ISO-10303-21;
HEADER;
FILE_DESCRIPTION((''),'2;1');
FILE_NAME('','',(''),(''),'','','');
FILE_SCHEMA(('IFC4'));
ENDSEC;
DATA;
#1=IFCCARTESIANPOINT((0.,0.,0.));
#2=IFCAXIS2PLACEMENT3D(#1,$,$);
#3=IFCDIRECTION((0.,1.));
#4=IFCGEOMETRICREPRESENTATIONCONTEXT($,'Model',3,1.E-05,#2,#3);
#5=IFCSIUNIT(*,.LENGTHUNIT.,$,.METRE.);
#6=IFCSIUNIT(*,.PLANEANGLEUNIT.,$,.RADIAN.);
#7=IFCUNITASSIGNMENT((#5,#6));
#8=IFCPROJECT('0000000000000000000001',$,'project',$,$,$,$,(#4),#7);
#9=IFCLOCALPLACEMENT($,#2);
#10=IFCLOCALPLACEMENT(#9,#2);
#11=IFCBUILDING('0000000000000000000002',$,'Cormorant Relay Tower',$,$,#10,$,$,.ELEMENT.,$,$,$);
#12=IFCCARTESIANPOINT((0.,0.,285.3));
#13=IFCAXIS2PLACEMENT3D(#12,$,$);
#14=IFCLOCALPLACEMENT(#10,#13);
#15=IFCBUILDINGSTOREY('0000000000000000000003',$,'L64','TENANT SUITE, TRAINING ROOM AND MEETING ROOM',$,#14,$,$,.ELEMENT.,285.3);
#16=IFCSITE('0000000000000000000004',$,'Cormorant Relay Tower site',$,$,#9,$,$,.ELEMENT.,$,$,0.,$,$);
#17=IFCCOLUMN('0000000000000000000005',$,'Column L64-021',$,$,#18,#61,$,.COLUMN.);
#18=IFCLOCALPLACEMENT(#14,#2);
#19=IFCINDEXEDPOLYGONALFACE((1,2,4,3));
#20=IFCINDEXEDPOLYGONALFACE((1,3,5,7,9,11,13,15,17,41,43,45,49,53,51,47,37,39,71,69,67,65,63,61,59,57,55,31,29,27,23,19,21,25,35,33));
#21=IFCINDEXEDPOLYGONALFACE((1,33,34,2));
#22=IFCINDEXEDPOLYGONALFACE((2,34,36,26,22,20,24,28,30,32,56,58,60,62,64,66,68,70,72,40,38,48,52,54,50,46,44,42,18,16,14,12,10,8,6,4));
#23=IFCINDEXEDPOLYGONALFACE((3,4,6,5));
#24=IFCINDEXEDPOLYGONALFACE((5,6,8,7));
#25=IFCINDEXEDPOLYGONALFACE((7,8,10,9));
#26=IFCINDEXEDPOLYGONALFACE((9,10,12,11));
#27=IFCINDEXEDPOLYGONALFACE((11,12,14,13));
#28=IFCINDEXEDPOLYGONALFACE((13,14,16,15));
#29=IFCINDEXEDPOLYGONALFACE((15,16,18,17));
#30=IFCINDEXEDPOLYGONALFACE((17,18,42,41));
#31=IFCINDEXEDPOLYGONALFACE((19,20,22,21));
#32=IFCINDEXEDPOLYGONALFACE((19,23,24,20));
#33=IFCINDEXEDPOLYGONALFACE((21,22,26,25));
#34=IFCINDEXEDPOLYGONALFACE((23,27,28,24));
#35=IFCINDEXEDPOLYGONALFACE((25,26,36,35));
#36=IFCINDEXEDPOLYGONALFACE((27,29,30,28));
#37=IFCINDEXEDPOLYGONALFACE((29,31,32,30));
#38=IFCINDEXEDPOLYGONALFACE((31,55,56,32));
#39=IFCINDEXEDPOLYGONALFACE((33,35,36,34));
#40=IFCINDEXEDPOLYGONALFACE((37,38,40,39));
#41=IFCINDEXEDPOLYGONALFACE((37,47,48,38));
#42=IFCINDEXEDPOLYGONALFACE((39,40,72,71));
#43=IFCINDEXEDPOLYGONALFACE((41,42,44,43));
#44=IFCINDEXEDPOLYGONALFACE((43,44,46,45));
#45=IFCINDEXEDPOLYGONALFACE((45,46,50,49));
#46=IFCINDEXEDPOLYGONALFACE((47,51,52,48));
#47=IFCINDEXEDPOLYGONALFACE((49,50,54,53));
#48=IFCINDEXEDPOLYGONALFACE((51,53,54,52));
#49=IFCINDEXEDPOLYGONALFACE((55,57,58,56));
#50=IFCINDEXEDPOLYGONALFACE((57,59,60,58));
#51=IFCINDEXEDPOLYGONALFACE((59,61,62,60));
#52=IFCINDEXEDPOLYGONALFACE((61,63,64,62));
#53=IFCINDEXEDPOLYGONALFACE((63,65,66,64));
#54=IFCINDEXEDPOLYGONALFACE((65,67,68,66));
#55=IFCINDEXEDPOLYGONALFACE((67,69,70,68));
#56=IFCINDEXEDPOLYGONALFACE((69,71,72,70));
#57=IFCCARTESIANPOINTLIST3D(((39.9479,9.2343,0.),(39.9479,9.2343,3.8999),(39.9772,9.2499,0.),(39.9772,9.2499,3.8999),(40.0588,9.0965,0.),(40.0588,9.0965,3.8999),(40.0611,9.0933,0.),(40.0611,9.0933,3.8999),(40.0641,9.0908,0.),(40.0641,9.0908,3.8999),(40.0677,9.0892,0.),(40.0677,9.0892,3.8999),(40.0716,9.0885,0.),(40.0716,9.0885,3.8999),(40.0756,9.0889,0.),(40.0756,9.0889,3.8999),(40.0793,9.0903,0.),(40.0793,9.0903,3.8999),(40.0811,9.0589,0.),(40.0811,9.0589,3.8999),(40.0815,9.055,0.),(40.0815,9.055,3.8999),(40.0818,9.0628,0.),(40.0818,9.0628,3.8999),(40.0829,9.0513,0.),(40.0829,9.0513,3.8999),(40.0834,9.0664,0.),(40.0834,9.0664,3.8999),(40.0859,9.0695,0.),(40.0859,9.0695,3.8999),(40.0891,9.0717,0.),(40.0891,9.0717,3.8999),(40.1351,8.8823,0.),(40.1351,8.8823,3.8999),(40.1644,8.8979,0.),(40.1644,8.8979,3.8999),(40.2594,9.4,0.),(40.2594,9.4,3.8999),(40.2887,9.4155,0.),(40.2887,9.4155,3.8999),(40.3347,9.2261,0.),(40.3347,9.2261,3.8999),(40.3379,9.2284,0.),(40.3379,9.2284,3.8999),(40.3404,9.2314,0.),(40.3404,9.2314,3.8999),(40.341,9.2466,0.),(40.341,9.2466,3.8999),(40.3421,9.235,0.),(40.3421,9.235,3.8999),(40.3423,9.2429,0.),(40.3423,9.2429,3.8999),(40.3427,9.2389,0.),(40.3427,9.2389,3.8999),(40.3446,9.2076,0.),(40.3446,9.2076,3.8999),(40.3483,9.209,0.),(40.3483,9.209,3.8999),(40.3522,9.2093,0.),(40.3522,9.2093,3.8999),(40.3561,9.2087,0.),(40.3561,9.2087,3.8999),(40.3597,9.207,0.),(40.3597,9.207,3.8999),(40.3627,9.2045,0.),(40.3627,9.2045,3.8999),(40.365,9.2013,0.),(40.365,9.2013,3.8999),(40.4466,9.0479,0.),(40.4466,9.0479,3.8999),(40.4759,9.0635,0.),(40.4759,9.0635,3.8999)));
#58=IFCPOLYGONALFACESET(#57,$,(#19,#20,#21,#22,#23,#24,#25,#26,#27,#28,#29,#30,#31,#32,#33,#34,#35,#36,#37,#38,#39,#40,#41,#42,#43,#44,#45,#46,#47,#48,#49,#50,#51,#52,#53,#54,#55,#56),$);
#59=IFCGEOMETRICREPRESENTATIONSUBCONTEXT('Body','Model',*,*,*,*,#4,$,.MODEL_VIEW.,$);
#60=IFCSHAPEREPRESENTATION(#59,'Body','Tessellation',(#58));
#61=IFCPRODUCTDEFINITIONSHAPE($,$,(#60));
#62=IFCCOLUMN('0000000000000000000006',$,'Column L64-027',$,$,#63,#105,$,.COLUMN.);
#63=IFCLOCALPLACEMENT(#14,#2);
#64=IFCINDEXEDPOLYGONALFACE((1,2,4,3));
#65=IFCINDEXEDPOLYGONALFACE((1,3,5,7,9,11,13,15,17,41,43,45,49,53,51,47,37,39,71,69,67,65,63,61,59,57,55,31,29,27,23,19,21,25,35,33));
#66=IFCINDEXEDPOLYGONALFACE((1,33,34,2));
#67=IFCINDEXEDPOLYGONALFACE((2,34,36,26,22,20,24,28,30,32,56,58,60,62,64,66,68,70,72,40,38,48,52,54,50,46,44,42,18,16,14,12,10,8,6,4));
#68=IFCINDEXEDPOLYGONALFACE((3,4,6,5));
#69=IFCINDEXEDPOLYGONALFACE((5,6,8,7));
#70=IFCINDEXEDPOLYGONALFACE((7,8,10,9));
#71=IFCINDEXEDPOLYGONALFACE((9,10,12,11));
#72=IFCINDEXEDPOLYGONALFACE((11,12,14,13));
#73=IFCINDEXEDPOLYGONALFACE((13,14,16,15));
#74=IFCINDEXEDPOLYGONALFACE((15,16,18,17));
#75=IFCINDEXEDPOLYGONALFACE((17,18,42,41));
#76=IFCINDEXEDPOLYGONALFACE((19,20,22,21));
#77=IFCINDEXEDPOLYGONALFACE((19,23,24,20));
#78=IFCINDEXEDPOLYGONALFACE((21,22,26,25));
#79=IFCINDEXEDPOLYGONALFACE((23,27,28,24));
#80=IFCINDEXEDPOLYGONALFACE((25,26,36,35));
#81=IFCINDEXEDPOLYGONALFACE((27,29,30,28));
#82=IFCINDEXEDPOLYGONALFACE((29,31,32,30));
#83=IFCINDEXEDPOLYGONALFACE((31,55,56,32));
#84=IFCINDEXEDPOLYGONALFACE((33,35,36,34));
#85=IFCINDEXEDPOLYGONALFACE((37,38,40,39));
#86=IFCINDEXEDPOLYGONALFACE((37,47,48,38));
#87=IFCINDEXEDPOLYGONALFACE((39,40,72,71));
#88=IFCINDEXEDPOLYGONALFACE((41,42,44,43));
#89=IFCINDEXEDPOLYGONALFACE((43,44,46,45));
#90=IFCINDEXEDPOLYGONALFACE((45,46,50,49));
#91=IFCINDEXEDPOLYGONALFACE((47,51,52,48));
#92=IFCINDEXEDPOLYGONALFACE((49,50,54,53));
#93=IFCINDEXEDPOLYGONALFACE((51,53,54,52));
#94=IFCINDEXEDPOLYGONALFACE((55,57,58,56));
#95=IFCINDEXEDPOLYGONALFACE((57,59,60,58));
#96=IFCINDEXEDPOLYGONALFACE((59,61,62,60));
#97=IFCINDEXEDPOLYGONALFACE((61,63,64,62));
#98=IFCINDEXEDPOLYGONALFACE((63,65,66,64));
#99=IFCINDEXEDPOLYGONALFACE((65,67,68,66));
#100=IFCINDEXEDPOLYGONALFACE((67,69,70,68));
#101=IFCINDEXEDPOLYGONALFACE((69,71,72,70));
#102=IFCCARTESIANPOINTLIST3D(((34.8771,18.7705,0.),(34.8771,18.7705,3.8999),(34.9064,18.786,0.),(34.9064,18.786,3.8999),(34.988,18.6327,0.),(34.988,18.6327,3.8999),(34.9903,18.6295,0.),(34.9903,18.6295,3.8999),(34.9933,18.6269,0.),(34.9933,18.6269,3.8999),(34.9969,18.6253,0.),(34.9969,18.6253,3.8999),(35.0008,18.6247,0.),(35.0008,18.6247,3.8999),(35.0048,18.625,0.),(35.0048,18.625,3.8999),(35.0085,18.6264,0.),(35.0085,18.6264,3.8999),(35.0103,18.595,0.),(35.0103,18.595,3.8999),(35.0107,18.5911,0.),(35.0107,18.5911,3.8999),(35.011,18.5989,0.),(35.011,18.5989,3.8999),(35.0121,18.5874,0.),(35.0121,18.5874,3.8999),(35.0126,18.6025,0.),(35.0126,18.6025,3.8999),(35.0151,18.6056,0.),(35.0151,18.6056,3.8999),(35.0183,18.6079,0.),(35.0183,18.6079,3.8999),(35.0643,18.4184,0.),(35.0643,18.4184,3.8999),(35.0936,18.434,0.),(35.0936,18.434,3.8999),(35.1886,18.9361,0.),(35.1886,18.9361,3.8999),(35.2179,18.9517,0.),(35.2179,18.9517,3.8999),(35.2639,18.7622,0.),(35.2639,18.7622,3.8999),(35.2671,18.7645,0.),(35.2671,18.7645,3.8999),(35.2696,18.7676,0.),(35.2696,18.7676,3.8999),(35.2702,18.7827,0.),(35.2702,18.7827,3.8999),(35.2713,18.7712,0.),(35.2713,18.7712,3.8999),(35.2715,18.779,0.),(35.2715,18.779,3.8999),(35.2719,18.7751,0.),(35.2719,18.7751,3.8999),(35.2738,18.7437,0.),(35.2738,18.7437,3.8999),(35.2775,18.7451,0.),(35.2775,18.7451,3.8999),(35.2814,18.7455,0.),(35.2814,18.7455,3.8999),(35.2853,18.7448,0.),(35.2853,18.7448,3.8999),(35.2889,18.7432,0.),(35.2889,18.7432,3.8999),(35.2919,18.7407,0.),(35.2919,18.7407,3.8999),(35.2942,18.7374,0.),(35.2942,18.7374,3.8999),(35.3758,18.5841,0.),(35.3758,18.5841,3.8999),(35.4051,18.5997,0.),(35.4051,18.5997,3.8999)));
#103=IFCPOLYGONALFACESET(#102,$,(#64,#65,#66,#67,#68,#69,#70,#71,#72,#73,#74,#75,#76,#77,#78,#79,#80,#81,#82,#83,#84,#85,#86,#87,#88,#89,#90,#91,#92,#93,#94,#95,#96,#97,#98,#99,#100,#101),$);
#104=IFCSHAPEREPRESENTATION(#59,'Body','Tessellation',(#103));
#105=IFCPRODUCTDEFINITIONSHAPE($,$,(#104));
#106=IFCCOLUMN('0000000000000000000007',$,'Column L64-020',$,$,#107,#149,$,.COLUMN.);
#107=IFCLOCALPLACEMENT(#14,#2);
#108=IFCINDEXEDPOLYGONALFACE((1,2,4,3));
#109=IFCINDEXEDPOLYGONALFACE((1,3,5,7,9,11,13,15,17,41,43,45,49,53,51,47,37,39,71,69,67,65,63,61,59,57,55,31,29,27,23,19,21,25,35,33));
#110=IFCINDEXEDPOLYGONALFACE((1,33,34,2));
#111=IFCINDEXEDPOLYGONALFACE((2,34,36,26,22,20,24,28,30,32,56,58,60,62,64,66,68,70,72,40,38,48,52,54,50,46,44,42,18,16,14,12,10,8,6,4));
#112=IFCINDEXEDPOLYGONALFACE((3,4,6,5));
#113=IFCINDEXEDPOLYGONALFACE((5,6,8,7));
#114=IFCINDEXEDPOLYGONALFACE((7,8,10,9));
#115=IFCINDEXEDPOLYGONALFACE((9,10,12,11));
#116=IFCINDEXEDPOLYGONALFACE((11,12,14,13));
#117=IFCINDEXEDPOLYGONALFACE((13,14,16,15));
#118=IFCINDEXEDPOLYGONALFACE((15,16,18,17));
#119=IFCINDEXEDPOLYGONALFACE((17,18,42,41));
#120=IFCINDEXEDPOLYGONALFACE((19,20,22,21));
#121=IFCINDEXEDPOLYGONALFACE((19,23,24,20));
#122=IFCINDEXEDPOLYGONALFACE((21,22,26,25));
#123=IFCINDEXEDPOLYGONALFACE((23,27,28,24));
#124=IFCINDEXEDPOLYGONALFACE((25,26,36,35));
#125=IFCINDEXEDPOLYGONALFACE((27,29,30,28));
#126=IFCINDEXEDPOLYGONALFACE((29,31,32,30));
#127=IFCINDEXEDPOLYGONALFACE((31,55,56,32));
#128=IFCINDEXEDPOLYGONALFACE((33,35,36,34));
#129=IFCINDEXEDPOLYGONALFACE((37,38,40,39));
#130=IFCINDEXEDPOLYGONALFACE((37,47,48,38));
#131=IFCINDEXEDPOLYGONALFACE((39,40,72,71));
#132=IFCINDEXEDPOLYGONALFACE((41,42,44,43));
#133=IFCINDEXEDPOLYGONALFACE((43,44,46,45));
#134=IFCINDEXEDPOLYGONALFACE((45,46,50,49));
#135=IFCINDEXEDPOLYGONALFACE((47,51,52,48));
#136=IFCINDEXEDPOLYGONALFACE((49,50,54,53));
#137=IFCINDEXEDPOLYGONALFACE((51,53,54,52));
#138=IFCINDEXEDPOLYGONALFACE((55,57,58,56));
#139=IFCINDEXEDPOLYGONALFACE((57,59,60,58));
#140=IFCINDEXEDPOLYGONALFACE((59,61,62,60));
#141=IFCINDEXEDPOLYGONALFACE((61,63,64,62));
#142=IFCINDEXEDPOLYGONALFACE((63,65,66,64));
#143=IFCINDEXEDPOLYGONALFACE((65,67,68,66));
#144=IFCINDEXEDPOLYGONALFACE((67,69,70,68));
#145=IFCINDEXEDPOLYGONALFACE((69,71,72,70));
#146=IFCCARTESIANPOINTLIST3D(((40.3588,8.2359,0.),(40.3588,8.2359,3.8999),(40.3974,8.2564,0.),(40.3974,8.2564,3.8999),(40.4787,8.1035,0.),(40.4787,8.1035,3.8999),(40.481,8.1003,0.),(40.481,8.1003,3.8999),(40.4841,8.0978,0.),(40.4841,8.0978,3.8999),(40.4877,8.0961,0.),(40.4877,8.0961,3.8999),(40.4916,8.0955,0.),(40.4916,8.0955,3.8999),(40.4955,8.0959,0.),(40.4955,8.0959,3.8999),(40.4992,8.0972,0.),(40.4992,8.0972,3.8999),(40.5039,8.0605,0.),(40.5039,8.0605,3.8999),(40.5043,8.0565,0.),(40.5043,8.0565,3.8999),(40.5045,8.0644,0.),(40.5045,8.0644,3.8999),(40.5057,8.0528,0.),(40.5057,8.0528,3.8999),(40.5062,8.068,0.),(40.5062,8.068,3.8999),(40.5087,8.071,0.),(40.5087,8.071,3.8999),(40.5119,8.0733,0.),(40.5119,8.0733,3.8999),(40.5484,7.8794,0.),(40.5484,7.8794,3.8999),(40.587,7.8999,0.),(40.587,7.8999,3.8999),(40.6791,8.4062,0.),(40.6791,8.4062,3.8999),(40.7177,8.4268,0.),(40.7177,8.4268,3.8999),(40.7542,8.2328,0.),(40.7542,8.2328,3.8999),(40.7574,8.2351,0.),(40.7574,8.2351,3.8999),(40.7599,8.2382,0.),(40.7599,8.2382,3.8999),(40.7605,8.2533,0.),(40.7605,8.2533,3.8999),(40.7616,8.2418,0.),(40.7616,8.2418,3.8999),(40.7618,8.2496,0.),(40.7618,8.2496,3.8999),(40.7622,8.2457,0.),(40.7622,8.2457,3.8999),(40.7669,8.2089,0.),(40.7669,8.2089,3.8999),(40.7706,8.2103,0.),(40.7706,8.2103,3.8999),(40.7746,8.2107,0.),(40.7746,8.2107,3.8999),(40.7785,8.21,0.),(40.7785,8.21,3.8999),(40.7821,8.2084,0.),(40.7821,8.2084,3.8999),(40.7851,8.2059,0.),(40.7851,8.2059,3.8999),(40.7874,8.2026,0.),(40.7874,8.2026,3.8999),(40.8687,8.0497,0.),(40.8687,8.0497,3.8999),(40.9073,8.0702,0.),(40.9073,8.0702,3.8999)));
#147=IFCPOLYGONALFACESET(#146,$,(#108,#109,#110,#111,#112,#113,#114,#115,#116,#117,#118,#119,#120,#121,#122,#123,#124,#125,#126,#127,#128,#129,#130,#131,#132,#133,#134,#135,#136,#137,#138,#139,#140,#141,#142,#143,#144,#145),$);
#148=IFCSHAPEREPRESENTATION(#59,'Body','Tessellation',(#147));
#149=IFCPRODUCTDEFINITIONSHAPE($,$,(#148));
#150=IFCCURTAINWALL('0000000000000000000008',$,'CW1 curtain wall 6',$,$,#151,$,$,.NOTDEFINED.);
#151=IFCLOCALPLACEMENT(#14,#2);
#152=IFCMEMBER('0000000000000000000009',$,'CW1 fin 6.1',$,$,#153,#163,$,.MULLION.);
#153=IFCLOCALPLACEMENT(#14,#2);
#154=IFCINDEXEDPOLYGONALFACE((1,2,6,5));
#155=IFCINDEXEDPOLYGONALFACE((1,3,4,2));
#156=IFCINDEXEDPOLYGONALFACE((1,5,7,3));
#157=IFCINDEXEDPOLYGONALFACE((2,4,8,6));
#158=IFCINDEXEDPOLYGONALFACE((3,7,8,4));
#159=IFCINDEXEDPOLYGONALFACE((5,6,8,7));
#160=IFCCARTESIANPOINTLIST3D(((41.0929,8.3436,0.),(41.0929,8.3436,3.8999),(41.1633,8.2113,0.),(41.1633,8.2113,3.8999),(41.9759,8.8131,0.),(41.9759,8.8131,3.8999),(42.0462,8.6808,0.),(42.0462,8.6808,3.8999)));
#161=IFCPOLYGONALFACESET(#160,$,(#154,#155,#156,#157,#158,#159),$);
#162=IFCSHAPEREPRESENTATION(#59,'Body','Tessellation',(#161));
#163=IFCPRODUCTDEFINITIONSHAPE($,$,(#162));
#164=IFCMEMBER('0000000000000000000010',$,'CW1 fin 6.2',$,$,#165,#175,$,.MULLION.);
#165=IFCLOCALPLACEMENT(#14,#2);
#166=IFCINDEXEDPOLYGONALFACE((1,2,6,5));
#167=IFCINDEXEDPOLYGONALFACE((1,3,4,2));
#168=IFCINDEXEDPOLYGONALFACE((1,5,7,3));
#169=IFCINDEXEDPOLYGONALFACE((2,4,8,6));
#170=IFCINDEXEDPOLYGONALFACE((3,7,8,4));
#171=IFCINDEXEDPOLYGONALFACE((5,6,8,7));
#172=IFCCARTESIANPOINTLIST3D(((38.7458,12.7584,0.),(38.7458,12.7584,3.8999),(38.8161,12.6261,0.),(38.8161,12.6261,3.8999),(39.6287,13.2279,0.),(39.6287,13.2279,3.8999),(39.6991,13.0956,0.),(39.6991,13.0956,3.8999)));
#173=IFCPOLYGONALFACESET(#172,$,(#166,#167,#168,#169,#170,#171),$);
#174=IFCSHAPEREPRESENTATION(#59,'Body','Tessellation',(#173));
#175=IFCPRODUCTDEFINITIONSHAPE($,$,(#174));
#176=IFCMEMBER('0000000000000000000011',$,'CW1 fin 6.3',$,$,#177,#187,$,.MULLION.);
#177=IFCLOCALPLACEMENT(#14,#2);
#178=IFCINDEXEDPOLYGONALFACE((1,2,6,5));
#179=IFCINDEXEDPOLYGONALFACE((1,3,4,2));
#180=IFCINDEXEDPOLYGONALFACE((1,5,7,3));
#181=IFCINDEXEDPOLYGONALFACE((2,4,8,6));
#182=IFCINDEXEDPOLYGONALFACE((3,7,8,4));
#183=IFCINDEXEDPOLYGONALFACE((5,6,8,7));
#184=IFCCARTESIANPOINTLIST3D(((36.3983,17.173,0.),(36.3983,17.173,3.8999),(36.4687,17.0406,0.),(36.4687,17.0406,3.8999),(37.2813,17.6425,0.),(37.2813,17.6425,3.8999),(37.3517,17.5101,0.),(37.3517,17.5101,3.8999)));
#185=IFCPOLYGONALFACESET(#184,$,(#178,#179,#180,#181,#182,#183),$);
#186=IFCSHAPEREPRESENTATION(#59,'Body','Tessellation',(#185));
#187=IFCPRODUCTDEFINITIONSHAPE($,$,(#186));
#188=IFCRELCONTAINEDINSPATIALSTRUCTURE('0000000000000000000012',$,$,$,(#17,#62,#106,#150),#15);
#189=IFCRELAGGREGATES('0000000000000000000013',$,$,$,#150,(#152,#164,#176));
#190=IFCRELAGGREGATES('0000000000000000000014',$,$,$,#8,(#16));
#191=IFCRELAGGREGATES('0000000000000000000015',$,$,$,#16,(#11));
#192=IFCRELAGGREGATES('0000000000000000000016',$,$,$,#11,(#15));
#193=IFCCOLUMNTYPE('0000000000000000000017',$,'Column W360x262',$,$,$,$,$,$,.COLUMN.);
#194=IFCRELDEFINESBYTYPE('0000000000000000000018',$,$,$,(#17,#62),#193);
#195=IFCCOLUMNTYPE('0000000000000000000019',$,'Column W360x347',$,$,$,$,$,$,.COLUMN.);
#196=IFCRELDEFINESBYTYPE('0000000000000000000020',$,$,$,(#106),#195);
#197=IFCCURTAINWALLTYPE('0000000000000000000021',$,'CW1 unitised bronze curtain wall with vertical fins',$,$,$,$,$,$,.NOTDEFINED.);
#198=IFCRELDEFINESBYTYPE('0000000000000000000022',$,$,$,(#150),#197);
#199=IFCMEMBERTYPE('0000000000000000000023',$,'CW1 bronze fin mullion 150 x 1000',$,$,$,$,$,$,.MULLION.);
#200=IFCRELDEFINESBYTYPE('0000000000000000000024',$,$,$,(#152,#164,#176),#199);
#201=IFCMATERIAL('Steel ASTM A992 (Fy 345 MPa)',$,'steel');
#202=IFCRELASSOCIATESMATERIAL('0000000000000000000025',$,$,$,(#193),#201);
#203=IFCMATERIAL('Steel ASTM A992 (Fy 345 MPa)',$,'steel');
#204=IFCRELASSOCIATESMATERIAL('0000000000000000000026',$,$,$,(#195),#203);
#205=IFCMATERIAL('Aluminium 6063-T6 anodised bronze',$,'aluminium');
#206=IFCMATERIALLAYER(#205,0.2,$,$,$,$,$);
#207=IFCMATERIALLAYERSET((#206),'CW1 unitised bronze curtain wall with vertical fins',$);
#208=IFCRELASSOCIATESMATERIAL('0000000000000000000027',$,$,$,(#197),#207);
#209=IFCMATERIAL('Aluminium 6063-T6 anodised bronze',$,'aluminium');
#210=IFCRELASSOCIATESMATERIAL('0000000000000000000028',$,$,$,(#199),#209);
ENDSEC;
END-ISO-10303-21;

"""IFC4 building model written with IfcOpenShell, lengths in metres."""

from ifc_helpers import new_model, si_unit, direction, frame, origin, origin_2d, place, context, subcontext, project, spatial, rectangle, i_section, extrude, material, layer, layer_set, material_profile, profile_set, type_object, element, aggregate, save


model = new_model("IFC4")

# Units and contexts
model_context = context("Model", 3, precision=1e-05, world=origin(), true_north=direction((0.0, 1.0)))
body_context = subcontext(model_context, "Body", "Model", "MODEL_VIEW")
ifc_project = project(units=[si_unit("LENGTHUNIT", "METRE"), si_unit("PLANEANGLEUNIT", "RADIAN")], contexts=[model_context])

# Site, building, storey
site_placement = place(None, origin())
site = spatial("IfcSite", under=ifc_project, at=site_placement, Name="Cormorant Relay Tower site", CompositionType="ELEMENT", RefElevation=0.0)
building_placement = place(site_placement, origin())
building = spatial("IfcBuilding", under=site, at=building_placement, Name="Cormorant Relay Tower", CompositionType="ELEMENT")
storey_placement = place(building_placement, frame((0.0, 0.0, 285.3)))
storey = spatial("IfcBuildingStorey", under=building, at=storey_placement, Name="L64", Description="TENANT SUITE, TRAINING ROOM AND MEETING ROOM", CompositionType="ELEMENT", Elevation=285.3)

# Columns
ifc_material_1 = material(Name="Steel ASTM A992 (Fy 345 MPa)", Category="steel")
ifc_material_profile_1 = material_profile(ifc_material_1, i_section(OverallWidth=0.3987, OverallDepth=0.386, WebThickness=0.021, FlangeThickness=0.0332, FilletRadius=0.0151, at=origin_2d()), Name="W360x262")
ifc_profile_set_1 = profile_set([ifc_material_profile_1], Name="Steel ASTM A992 (Fy 345 MPa)")
column_type_1 = type_object("IfcColumnType", Name="Column W360x262", PredefinedType="COLUMN", material=ifc_profile_set_1)
for number, where, z_axis, x_axis, name in (
    (1, (40.2119, 9.1489, 0.0), (0.0, 0.0, 1.0), (-0.469472, 0.882948, 0.0), "Column L64-021"),
    (2, (35.1411, 18.6851, 0.0), (0.0, 0.0, 1.0), (-0.469472, 0.882948, 0.0), "Column L64-027"),
):
    element("IfcColumn", number, at=place(storey_placement, frame(where, z_axis=z_axis, x_axis=x_axis)), inside=storey, type_object=column_type_1, Name=name, PredefinedType="COLUMN", context=body_context, shape_type="SweptSolid", body=[
        extrude(i_section(OverallWidth=0.3987, OverallDepth=0.386, WebThickness=0.021, FlangeThickness=0.0332, FilletRadius=0.0151, at=origin_2d()), origin(), (0.0, 0.0, 1.0), 3.8999),
    ])
ifc_material_2 = material(Name="Steel ASTM A992 (Fy 345 MPa)", Category="steel")
ifc_material_profile_2 = material_profile(ifc_material_2, i_section(OverallWidth=0.4038, OverallDepth=0.4065, WebThickness=0.0271, FlangeThickness=0.0437, FilletRadius=0.0151, at=origin_2d()), Name="W360x347")
ifc_profile_set_2 = profile_set([ifc_material_profile_2], Name="Steel ASTM A992 (Fy 345 MPa)")
column_type_2 = type_object("IfcColumnType", Name="Column W360x347", PredefinedType="COLUMN", material=ifc_profile_set_2)
column_placement = place(storey_placement, frame((40.6331, 8.1531, 0.0), z_axis=(0.0, 0.0, 1.0), x_axis=(-0.469472, 0.882948, 0.0)))
element("IfcColumn", 3, at=column_placement, inside=storey, type_object=column_type_2, Name="Column L64-020", PredefinedType="COLUMN", context=body_context, shape_type="SweptSolid", body=[
    extrude(i_section(OverallWidth=0.4038, OverallDepth=0.4065, WebThickness=0.0271, FlangeThickness=0.0437, FilletRadius=0.0151, at=origin_2d()), origin(), (0.0, 0.0, 1.0), 3.8999),
])

# Curtain wall, members
ifc_material_3 = material(Name="Aluminium 6063-T6 anodised bronze", Category="aluminium")
ifc_layer_1 = layer(ifc_material_3, 0.2)
ifc_layer_set_1 = layer_set([ifc_layer_1], Name="CW1 unitised bronze curtain wall with vertical fins")
curtain_wall_type = type_object("IfcCurtainWallType", Name="CW1 unitised bronze curtain wall with vertical fins", PredefinedType="NOTDEFINED", material=ifc_layer_set_1)
curtain_wall_1_placement = place(storey_placement, origin())
curtain_wall_1 = element("IfcCurtainWall", 4, at=curtain_wall_1_placement, inside=storey, type_object=curtain_wall_type, Name="CW1 curtain wall 6", PredefinedType="NOTDEFINED")
ifc_material_4 = material(Name="Aluminium 6063-T6 anodised bronze", Category="aluminium")
ifc_material_profile_3 = material_profile(ifc_material_4, rectangle(XDim=0.1499, YDim=1.0, at=origin_2d()), Name="AL 150x1000")
ifc_profile_set_3 = profile_set([ifc_material_profile_3], Name="Aluminium 6063-T6 anodised bronze")
member_type_1 = type_object("IfcMemberType", Name="CW1 bronze fin mullion 150 x 1000", PredefinedType="MULLION", material=ifc_profile_set_3)
member_1_placement = place(storey_placement, frame((41.5696, 8.5122, 0.0), z_axis=(0.0, 0.0, 1.0), x_axis=(-0.469472, 0.882948, 0.0)))
member_1 = element("IfcMember", 5, at=member_1_placement, type_object=member_type_1, Name="CW1 fin 6.1", PredefinedType="MULLION", context=body_context, shape_type="SweptSolid", body=[
    extrude(rectangle(XDim=0.1499, YDim=1.0, at=origin_2d()), origin(), (0.0, 0.0, 1.0), 3.8999),
])
member_2_placement = place(storey_placement, frame((39.2224, 12.927, 0.0), z_axis=(0.0, 0.0, 1.0), x_axis=(-0.469472, 0.882948, 0.0)))
member_2 = element("IfcMember", 6, at=member_2_placement, type_object=member_type_1, Name="CW1 fin 6.2", PredefinedType="MULLION", context=body_context, shape_type="SweptSolid", body=[
    extrude(rectangle(XDim=0.1499, YDim=1.0, at=origin_2d()), origin(), (0.0, 0.0, 1.0), 3.8999),
])
member_3_placement = place(storey_placement, frame((36.875, 17.3416, 0.0), z_axis=(0.0, 0.0, 1.0), x_axis=(-0.469472, 0.882948, 0.0)))
member_3 = element("IfcMember", 7, at=member_3_placement, type_object=member_type_1, Name="CW1 fin 6.3", PredefinedType="MULLION", context=body_context, shape_type="SweptSolid", body=[
    extrude(rectangle(XDim=0.1499, YDim=1.0, at=origin_2d()), origin(), (0.0, 0.0, 1.0), 3.8999),
])

aggregate(curtain_wall_1, [member_1, member_2, member_3])

save(model, "model.ifc")
